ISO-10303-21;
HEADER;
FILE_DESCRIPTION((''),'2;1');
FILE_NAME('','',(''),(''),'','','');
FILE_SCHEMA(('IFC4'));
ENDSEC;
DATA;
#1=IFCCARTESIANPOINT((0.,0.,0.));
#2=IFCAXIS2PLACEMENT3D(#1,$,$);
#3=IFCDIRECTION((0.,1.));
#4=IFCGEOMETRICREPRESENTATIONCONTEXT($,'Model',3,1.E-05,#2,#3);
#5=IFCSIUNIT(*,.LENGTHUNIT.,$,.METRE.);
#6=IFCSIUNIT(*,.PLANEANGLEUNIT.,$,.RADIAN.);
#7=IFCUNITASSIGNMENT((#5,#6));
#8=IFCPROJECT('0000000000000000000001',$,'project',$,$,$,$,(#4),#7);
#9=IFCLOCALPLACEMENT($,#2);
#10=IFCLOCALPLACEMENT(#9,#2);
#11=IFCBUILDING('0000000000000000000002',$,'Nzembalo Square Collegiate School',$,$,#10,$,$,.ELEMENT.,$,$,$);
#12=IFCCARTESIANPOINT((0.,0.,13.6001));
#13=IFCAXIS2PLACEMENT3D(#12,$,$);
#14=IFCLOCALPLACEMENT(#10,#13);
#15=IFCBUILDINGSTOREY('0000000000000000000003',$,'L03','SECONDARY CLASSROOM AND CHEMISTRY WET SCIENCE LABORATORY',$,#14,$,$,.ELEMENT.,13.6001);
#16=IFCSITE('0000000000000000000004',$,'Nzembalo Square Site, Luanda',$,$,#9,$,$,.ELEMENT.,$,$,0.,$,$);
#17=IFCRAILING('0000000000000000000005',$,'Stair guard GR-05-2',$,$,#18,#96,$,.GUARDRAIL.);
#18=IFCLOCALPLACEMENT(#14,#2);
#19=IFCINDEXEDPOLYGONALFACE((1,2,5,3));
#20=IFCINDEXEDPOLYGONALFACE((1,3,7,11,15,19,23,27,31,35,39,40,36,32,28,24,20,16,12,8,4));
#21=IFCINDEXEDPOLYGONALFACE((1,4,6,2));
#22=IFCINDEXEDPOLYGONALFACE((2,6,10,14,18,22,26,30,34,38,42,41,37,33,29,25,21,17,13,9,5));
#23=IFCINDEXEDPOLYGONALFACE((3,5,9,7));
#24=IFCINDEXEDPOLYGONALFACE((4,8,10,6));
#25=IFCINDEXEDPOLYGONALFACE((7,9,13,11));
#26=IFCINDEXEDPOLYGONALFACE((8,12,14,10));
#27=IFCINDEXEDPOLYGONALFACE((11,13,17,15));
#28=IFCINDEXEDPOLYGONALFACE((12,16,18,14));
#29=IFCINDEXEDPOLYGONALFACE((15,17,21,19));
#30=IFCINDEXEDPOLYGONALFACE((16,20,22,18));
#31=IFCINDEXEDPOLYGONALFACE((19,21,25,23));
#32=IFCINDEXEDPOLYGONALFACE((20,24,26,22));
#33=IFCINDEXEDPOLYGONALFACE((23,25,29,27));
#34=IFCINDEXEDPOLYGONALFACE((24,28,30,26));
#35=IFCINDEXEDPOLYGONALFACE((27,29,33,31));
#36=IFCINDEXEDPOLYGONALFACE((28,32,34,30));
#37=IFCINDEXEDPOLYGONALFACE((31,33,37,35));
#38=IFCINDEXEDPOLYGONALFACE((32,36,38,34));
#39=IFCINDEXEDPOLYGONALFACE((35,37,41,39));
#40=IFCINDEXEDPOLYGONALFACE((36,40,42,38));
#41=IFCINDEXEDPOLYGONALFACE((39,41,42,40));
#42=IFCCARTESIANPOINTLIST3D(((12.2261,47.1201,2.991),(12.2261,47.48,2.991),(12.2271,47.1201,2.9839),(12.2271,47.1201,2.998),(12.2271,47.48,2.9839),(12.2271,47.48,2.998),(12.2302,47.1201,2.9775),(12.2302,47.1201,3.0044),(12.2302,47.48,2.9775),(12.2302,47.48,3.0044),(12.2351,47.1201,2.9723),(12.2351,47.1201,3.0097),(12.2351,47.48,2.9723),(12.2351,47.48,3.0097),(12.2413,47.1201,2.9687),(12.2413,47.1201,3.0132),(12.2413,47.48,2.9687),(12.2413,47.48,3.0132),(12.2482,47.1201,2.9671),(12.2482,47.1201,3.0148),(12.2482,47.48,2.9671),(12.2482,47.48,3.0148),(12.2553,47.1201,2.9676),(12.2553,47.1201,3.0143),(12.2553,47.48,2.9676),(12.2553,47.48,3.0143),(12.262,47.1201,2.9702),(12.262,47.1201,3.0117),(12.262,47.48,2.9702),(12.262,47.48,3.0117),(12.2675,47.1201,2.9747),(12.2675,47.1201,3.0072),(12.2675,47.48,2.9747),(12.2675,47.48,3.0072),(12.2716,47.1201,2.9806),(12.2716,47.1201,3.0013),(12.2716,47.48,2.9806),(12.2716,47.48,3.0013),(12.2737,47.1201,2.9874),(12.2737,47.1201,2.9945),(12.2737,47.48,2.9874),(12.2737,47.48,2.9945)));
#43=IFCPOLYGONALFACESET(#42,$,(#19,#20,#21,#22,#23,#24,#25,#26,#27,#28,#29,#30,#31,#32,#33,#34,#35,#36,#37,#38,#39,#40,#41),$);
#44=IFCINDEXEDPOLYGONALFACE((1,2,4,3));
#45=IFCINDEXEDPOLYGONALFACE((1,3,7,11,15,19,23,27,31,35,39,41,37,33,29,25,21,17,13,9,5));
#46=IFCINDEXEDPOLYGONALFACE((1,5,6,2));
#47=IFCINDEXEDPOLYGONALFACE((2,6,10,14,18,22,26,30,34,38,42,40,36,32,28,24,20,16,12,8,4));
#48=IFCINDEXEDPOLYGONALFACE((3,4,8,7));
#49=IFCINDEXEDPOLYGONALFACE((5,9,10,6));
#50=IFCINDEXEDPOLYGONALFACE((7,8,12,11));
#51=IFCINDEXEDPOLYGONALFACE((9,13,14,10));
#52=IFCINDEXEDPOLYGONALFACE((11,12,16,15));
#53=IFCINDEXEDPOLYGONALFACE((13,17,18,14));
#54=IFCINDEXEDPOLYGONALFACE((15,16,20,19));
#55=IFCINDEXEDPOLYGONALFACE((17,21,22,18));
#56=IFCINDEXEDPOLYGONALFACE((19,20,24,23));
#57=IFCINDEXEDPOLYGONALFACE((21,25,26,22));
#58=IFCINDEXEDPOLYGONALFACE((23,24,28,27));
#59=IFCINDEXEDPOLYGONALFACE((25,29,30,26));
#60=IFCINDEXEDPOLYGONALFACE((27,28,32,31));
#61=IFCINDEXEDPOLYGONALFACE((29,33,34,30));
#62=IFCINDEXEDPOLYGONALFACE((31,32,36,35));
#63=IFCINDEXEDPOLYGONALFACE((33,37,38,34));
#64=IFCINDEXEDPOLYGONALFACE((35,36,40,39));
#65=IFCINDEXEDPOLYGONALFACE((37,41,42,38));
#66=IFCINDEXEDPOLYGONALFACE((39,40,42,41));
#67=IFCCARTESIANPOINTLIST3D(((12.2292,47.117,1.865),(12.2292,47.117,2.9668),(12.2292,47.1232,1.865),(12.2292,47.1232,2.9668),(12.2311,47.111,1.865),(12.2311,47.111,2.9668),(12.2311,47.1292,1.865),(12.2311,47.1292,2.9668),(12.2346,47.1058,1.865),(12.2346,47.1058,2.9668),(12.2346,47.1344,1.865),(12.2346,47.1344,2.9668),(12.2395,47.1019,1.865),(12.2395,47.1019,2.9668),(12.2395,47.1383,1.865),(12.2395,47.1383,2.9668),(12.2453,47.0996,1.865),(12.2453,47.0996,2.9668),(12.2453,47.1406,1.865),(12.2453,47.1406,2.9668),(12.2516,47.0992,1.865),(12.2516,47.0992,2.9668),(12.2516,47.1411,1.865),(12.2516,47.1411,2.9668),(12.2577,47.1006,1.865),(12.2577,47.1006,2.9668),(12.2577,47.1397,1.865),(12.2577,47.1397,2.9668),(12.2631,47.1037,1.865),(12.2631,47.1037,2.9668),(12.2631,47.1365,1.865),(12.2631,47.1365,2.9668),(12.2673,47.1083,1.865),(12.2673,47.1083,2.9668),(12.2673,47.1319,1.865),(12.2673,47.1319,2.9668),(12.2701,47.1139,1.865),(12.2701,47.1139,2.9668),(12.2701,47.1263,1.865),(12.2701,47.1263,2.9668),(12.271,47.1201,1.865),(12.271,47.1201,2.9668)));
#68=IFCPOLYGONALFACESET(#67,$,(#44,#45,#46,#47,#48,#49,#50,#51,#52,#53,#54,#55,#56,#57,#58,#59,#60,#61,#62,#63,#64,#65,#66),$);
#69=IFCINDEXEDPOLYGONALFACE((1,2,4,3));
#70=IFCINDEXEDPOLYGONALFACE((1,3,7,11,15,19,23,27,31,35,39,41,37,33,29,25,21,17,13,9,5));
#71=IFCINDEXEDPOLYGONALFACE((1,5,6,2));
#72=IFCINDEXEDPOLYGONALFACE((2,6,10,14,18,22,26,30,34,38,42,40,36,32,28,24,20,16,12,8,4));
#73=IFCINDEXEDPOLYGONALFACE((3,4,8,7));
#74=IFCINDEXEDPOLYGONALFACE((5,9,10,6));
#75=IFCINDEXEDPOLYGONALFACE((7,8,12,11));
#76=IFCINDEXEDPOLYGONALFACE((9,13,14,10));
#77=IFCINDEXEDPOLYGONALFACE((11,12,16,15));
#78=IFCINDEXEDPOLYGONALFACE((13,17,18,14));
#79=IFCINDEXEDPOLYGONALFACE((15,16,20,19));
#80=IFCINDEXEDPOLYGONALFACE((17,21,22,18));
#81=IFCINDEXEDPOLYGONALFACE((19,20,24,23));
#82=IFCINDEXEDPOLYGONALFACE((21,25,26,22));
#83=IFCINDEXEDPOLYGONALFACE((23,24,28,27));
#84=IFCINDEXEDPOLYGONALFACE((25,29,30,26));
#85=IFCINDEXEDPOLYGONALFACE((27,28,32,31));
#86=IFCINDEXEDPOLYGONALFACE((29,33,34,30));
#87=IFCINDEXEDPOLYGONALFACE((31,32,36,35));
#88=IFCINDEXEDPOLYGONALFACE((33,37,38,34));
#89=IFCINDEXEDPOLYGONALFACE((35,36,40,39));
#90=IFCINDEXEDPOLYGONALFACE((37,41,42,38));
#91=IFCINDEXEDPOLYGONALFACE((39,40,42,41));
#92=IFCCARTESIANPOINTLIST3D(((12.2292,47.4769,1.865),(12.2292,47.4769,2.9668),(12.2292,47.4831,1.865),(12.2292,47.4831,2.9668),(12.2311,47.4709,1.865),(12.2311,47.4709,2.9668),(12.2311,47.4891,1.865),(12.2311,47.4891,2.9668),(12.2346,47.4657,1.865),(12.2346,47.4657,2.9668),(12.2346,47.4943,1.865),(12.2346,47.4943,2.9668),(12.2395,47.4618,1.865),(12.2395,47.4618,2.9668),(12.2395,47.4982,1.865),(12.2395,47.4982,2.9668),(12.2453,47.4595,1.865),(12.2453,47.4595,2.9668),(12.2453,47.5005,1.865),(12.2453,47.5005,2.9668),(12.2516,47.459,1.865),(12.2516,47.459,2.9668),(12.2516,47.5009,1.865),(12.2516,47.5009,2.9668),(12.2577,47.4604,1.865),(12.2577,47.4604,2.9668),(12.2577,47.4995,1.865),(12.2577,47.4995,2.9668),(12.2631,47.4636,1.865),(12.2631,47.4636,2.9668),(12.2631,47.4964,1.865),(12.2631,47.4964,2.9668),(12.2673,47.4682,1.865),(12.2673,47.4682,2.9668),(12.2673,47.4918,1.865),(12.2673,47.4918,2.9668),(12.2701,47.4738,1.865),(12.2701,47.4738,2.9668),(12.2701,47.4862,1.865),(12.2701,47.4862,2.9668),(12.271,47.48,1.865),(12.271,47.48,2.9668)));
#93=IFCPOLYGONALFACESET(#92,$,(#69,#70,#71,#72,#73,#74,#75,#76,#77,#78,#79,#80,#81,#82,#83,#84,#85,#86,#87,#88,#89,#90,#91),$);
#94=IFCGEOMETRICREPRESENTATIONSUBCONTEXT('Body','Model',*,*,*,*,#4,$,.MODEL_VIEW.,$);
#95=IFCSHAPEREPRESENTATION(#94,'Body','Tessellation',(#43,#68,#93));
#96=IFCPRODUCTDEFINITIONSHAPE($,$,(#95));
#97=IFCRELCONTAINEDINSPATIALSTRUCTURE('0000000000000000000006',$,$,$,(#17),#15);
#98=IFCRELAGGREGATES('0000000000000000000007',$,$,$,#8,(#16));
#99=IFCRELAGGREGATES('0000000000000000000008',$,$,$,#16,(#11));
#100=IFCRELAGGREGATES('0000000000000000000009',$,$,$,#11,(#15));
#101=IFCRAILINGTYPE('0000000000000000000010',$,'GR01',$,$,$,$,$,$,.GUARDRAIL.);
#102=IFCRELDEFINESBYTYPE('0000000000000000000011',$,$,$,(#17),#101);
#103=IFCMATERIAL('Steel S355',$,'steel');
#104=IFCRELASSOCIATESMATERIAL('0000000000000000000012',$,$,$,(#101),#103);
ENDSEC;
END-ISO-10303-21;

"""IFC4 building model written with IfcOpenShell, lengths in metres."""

from ifc_helpers import new_model, si_unit, direction, frame, origin, origin_2d, place, context, subcontext, project, spatial, circle, extrude, material, type_object, element, save


model = new_model("IFC4")

# Units and contexts
model_context = context("Model", 3, precision=1e-05, world=origin(), true_north=direction((0.0, 1.0)))
body_context = subcontext(model_context, "Body", "Model", "MODEL_VIEW")
ifc_project = project(units=[si_unit("LENGTHUNIT", "METRE"), si_unit("PLANEANGLEUNIT", "RADIAN")], contexts=[model_context])

# Site, building, storey
site_placement = place(None, origin())
site = spatial("IfcSite", under=ifc_project, at=site_placement, Name="Nzembalo Square Site, Luanda", CompositionType="ELEMENT", RefElevation=0.0)
building_placement = place(site_placement, origin())
building = spatial("IfcBuilding", under=site, at=building_placement, Name="Nzembalo Square Collegiate School", CompositionType="ELEMENT")
storey_placement = place(building_placement, frame((0.0, 0.0, 13.6001)))
storey = spatial("IfcBuildingStorey", under=building, at=storey_placement, Name="L03", Description="SECONDARY CLASSROOM AND CHEMISTRY WET SCIENCE LABORATORY", CompositionType="ELEMENT", Elevation=13.6001)

# Railing
ifc_material_1 = material(Name="Steel S355", Category="steel")
railing_type_1 = type_object("IfcRailingType", Name="GR01", PredefinedType="GUARDRAIL", material=ifc_material_1)
railing_1_placement = place(storey_placement, frame((12.25, 47.1201, 1.865)))
element("IfcRailing", 1, at=railing_1_placement, inside=storey, type_object=railing_type_1, Name="Stair guard GR-05-2", PredefinedType="GUARDRAIL", context=body_context, shape_type="SweptSolid", body=[
    extrude(circle(Radius=0.0239, at=origin_2d()), frame((0.0, 0.0, 1.126), z_axis=(0.0, 1.0, 0.0), x_axis=(-1.0, 0.0, 0.0)), (0.0, 0.0, 1.0), 0.3599),
    extrude(circle(Radius=0.021, at=origin_2d()), origin(), (0.0, 0.0, 1.0), 1.1018),
    extrude(circle(Radius=0.021, at=origin_2d()), frame((0.0, 0.3599, 0.0)), (0.0, 0.0, 1.0), 1.1018),
])

save(model, "model.ifc")
